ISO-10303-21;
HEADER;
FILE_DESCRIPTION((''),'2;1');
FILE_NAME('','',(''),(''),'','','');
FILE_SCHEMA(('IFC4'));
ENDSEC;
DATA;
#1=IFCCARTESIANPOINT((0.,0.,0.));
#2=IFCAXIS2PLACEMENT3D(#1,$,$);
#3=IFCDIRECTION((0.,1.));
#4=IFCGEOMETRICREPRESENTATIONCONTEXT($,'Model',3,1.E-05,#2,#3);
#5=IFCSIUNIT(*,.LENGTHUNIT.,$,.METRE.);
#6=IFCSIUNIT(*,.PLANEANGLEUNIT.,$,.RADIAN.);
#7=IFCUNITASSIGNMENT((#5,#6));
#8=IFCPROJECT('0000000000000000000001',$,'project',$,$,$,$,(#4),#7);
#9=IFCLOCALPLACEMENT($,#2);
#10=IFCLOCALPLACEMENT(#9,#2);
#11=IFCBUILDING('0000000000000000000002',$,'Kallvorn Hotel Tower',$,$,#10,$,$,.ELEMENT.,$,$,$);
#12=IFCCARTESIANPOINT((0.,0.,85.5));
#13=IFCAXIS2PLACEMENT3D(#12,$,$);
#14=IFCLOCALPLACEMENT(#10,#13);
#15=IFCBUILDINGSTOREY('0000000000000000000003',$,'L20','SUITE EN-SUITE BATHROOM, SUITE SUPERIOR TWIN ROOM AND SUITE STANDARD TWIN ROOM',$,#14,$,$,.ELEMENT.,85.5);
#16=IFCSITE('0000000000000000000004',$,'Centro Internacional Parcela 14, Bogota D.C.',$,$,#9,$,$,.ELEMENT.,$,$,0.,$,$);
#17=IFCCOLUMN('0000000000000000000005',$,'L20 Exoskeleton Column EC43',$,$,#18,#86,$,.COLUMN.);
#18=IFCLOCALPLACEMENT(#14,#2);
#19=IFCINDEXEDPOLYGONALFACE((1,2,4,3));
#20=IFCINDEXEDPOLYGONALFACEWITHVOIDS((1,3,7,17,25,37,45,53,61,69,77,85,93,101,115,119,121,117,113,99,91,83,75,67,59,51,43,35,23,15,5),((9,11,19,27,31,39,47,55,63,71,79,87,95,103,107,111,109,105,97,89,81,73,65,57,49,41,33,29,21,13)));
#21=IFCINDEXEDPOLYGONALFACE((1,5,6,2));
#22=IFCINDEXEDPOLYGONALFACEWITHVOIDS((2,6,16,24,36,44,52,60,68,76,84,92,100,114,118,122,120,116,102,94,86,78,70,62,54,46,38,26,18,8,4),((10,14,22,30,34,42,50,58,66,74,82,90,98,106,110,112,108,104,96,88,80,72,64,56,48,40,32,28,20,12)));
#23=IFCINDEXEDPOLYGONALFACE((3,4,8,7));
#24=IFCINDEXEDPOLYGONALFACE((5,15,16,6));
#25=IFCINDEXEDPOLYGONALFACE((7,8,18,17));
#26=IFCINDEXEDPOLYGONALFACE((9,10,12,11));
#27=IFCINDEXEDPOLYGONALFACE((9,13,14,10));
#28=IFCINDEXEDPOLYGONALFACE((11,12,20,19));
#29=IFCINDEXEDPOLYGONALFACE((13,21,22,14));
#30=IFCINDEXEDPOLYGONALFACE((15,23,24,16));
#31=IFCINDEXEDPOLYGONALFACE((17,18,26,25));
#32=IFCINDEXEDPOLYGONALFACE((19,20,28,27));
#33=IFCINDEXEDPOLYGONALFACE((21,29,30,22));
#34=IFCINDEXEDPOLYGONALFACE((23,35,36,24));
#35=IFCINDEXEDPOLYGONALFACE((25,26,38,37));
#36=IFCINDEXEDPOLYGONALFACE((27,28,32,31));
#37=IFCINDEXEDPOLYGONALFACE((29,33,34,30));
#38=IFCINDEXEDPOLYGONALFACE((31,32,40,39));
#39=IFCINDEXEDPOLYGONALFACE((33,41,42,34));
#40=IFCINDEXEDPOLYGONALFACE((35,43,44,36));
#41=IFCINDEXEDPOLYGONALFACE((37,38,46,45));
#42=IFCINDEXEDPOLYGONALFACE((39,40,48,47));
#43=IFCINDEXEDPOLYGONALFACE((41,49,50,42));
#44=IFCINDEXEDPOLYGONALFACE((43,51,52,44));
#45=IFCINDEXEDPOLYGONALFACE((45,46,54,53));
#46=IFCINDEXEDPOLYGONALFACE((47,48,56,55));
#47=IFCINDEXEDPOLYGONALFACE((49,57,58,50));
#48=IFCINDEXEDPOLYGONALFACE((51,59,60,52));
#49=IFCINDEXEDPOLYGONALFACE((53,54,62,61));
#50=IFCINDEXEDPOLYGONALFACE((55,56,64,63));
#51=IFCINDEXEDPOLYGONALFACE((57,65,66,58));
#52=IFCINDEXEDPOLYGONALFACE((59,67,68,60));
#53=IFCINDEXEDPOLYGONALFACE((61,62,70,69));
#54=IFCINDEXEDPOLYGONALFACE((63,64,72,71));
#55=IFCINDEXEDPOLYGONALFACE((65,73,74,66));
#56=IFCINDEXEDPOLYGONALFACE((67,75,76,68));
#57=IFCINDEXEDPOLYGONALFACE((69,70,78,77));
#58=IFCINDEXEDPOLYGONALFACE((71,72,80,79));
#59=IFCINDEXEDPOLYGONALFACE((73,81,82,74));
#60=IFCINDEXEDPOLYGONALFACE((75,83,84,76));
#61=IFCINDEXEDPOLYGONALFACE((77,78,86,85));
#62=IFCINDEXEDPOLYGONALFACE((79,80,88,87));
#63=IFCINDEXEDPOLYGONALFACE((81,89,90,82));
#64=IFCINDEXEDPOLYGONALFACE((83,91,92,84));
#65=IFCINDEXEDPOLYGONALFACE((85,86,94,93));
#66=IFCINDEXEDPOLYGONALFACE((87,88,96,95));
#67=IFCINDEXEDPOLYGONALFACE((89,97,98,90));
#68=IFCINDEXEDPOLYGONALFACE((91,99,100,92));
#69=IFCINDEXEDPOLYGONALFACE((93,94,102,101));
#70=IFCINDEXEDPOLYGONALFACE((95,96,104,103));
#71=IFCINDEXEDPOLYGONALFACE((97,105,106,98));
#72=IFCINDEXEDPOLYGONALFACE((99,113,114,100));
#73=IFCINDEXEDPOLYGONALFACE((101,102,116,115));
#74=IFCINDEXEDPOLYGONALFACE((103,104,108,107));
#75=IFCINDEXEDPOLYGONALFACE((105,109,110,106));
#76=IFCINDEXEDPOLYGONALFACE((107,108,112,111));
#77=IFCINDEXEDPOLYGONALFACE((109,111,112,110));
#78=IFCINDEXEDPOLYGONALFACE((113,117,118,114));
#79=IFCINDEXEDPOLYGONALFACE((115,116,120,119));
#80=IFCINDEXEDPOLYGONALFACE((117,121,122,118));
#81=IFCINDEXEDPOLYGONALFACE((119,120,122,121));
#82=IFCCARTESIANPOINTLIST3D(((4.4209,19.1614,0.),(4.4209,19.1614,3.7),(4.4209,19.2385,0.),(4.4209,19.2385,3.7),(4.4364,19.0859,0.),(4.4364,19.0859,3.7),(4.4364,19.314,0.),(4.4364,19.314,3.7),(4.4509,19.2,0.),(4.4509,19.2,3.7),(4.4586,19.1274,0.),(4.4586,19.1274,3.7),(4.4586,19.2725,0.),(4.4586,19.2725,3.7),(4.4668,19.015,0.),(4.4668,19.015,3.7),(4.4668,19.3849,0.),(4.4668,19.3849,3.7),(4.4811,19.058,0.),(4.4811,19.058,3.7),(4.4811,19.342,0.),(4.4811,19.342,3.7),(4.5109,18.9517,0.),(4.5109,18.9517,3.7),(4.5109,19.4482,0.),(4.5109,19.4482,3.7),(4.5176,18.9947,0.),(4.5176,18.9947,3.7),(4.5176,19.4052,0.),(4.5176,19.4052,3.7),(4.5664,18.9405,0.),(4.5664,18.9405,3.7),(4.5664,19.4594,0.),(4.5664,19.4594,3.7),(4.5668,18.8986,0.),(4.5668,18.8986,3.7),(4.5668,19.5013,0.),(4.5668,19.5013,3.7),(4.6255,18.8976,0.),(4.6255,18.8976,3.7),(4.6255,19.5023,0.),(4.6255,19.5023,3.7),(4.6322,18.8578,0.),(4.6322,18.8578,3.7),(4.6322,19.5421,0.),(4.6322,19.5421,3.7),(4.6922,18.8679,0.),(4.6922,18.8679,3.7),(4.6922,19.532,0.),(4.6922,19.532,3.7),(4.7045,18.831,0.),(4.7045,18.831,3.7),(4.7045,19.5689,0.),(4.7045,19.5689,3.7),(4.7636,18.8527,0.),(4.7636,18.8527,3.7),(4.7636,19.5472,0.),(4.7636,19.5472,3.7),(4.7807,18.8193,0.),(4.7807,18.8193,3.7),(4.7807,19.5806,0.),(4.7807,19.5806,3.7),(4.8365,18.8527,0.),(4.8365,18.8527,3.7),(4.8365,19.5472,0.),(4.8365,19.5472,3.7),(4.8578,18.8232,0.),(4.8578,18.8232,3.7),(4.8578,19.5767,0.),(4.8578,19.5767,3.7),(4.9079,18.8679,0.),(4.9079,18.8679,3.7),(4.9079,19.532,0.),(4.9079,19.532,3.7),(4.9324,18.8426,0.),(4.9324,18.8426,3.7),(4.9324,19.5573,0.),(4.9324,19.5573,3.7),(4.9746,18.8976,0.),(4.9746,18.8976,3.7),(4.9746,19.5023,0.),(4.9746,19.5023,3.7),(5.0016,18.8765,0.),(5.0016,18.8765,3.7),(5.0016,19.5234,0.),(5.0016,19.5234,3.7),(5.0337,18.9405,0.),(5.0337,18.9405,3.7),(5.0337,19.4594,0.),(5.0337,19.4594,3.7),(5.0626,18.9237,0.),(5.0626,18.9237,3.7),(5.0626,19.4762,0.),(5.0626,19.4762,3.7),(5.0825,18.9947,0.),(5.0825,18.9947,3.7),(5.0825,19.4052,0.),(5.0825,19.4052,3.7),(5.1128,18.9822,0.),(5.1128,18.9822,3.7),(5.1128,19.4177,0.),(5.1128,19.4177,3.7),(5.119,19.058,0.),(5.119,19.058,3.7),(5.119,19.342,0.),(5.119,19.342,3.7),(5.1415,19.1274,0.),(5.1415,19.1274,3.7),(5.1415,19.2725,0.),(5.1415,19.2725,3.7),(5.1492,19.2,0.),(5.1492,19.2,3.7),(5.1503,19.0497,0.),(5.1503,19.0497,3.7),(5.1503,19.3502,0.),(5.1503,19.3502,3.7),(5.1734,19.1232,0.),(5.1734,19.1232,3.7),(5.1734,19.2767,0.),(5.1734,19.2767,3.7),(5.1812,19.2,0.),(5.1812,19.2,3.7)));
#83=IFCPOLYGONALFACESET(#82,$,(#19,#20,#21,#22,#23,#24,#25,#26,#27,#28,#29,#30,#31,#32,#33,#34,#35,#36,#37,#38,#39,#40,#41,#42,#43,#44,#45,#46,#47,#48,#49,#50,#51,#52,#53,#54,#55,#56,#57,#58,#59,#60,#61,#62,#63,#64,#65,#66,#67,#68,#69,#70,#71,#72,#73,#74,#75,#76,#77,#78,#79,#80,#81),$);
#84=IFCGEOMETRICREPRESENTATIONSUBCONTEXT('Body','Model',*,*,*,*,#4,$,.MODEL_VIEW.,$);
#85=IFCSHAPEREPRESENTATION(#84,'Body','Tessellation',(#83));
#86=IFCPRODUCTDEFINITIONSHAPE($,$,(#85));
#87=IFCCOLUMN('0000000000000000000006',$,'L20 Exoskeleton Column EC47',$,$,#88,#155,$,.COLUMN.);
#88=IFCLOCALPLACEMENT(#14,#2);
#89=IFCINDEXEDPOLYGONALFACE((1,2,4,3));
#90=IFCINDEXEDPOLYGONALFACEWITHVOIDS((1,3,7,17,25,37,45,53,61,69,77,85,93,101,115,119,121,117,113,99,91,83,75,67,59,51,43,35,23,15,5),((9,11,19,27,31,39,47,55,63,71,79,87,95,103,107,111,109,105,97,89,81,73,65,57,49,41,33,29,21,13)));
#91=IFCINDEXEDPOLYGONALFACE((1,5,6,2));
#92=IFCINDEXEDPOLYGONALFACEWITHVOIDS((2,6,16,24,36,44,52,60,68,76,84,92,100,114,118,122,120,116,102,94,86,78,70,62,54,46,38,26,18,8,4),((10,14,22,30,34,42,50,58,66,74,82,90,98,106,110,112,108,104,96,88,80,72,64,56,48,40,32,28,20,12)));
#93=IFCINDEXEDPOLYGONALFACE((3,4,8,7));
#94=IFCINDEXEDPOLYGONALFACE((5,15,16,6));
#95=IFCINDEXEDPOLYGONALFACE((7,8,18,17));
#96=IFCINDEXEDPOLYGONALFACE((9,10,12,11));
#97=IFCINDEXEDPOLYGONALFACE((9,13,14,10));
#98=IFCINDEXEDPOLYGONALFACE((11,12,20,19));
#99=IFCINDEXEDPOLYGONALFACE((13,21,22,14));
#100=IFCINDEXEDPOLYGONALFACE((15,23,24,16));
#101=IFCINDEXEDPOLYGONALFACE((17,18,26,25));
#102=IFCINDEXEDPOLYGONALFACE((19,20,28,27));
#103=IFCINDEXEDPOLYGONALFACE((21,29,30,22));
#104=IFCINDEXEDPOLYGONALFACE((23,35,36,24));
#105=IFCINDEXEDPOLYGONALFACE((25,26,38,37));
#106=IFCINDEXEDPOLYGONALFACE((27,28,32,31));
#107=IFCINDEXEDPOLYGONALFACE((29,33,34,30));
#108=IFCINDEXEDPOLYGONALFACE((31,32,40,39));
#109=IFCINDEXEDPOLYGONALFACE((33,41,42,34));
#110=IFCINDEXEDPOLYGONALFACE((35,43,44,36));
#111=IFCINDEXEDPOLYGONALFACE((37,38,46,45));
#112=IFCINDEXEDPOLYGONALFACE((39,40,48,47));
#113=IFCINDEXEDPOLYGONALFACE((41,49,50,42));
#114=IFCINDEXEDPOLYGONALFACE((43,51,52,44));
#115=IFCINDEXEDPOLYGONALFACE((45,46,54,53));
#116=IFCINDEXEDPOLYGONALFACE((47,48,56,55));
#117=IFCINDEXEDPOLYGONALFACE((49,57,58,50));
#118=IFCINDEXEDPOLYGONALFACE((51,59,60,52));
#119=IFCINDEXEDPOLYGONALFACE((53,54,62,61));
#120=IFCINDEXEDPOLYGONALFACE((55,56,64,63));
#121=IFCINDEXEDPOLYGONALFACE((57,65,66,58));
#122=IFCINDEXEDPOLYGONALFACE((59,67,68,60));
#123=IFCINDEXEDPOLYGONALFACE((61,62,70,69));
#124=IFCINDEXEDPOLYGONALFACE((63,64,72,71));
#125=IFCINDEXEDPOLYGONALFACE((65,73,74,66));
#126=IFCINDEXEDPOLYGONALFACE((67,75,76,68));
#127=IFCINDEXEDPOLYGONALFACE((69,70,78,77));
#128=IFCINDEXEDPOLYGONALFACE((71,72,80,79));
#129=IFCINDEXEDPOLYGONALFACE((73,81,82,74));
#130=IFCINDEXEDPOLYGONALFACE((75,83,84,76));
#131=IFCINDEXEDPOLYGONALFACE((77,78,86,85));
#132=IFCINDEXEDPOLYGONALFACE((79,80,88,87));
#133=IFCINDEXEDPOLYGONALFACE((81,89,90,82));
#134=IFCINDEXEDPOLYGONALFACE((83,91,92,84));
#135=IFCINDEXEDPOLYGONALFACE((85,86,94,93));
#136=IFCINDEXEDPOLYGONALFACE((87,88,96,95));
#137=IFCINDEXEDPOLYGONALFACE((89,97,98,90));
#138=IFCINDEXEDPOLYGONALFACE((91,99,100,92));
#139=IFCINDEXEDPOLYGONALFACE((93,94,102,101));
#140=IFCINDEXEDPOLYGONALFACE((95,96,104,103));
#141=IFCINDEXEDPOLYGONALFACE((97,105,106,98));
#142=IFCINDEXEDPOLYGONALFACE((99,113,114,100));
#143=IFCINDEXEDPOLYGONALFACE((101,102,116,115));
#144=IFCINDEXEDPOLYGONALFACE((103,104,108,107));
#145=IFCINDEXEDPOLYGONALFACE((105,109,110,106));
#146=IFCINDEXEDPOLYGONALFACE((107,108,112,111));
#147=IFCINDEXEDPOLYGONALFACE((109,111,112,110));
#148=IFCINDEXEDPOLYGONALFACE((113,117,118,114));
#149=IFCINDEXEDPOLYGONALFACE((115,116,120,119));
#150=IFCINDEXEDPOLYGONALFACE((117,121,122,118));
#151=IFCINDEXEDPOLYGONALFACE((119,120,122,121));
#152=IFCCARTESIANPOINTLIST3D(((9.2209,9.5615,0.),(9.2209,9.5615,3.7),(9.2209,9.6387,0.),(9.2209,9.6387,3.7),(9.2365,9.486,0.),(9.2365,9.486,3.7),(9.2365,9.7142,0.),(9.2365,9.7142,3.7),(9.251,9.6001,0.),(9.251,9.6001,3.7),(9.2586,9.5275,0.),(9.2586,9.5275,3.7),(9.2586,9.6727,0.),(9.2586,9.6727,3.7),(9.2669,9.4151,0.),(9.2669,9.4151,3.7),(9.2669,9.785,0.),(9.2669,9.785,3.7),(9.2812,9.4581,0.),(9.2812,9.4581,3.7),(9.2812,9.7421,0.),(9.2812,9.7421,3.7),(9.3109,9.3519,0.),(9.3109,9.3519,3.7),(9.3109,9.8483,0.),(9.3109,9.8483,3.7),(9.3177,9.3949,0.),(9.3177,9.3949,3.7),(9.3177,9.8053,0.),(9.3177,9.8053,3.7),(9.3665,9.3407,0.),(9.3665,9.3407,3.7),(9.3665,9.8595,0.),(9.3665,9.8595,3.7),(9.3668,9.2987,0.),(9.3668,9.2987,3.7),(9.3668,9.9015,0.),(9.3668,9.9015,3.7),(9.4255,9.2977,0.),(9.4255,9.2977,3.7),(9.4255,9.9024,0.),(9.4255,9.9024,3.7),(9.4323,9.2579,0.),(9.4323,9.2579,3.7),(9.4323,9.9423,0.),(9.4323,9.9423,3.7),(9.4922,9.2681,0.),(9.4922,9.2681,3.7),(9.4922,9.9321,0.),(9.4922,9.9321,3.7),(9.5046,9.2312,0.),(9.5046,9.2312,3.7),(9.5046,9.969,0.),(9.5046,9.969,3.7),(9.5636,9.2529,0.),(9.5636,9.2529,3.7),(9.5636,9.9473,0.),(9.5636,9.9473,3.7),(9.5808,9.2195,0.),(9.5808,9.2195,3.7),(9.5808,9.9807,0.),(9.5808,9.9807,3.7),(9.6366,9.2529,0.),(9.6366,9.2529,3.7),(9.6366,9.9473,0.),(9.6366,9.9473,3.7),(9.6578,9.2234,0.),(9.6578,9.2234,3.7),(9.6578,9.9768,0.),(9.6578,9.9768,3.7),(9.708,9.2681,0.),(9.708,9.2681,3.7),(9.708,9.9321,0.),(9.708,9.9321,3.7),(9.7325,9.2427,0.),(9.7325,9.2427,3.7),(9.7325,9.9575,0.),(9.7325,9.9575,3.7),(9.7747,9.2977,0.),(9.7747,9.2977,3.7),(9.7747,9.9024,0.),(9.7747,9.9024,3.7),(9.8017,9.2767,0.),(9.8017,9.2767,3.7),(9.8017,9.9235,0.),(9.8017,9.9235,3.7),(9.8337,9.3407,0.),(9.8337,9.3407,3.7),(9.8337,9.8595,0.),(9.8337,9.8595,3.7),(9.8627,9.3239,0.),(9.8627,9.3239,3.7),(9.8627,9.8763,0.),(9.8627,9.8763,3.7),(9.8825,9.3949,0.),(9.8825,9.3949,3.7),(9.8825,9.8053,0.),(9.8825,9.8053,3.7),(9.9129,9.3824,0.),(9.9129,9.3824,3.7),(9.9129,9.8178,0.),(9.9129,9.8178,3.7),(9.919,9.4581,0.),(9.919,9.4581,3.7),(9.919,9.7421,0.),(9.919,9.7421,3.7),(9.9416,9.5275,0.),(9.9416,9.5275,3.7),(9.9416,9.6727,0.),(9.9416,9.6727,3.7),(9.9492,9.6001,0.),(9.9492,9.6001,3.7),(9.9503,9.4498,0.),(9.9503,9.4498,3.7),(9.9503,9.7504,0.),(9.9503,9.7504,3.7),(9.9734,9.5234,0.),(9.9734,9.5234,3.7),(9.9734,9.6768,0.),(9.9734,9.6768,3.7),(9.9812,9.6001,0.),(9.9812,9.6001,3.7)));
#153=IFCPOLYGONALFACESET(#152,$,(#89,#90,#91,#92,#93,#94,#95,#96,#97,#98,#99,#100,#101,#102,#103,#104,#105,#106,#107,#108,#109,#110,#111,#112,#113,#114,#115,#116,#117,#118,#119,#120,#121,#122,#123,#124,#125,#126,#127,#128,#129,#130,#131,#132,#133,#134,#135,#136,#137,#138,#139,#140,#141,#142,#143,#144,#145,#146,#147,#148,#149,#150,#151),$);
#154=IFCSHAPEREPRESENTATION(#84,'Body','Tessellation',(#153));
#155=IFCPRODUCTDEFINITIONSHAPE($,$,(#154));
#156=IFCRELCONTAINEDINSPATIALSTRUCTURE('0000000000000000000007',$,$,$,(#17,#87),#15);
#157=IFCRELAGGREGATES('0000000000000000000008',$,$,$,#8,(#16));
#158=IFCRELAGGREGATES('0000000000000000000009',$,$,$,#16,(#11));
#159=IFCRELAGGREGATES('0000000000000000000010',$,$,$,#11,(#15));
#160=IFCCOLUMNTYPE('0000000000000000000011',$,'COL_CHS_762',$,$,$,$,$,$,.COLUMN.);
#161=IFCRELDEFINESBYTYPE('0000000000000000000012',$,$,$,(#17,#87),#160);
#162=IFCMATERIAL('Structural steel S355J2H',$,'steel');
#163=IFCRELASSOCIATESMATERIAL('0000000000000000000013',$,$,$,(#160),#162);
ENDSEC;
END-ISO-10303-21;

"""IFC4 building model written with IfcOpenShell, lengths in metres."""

from ifc_helpers import new_model, si_unit, direction, frame, origin, origin_2d, place, context, subcontext, project, spatial, hollow_circle, extrude, material, material_profile, profile_set, type_object, element, save


model = new_model("IFC4")

# Units and contexts
model_context = context("Model", 3, precision=1e-05, world=origin(), true_north=direction((0.0, 1.0)))
body_context = subcontext(model_context, "Body", "Model", "MODEL_VIEW")
ifc_project = project(units=[si_unit("LENGTHUNIT", "METRE"), si_unit("PLANEANGLEUNIT", "RADIAN")], contexts=[model_context])

# Site, building, storey
site_placement = place(None, origin())
site = spatial("IfcSite", under=ifc_project, at=site_placement, Name="Centro Internacional Parcela 14, Bogota D.C.", CompositionType="ELEMENT", RefElevation=0.0)
building_placement = place(site_placement, origin())
building = spatial("IfcBuilding", under=site, at=building_placement, Name="Kallvorn Hotel Tower", CompositionType="ELEMENT")
storey_placement = place(building_placement, frame((0.0, 0.0, 85.5)))
storey = spatial("IfcBuildingStorey", under=building, at=storey_placement, Name="L20", Description="SUITE EN-SUITE BATHROOM, SUITE SUPERIOR TWIN ROOM AND SUITE STANDARD TWIN ROOM", CompositionType="ELEMENT", Elevation=85.5)

# Columns
ifc_material_1 = material(Name="Structural steel S355J2H", Category="steel")
ifc_material_profile_1 = material_profile(ifc_material_1, hollow_circle(Radius=0.3811, WallThickness=0.032, at=origin_2d()), Name="CHS 762x32")
ifc_profile_set_1 = profile_set([ifc_material_profile_1], Name="Structural steel S355J2H")
column_type_1 = type_object("IfcColumnType", Name="COL_CHS_762", PredefinedType="COLUMN", material=ifc_profile_set_1)
for number, where, z_axis, x_axis, name in (
    (1, (4.8, 19.2, 0.0), (0.0, 0.0, 1.0), (1.0, 0.0, 0.0), "L20 Exoskeleton Column EC43"),
    (2, (9.6001, 9.6001, 0.0), (0.0, 0.0, 1.0), (1.0, 0.0, 0.0), "L20 Exoskeleton Column EC47"),
):
    element("IfcColumn", number, at=place(storey_placement, frame(where, z_axis=z_axis, x_axis=x_axis)), inside=storey, type_object=column_type_1, Name=name, PredefinedType="COLUMN", context=body_context, shape_type="SweptSolid", body=[
        extrude(hollow_circle(Radius=0.3811, WallThickness=0.032, at=origin_2d()), origin(), (0.0, 0.0, 1.0), 3.7),
    ])

save(model, "model.ifc")
